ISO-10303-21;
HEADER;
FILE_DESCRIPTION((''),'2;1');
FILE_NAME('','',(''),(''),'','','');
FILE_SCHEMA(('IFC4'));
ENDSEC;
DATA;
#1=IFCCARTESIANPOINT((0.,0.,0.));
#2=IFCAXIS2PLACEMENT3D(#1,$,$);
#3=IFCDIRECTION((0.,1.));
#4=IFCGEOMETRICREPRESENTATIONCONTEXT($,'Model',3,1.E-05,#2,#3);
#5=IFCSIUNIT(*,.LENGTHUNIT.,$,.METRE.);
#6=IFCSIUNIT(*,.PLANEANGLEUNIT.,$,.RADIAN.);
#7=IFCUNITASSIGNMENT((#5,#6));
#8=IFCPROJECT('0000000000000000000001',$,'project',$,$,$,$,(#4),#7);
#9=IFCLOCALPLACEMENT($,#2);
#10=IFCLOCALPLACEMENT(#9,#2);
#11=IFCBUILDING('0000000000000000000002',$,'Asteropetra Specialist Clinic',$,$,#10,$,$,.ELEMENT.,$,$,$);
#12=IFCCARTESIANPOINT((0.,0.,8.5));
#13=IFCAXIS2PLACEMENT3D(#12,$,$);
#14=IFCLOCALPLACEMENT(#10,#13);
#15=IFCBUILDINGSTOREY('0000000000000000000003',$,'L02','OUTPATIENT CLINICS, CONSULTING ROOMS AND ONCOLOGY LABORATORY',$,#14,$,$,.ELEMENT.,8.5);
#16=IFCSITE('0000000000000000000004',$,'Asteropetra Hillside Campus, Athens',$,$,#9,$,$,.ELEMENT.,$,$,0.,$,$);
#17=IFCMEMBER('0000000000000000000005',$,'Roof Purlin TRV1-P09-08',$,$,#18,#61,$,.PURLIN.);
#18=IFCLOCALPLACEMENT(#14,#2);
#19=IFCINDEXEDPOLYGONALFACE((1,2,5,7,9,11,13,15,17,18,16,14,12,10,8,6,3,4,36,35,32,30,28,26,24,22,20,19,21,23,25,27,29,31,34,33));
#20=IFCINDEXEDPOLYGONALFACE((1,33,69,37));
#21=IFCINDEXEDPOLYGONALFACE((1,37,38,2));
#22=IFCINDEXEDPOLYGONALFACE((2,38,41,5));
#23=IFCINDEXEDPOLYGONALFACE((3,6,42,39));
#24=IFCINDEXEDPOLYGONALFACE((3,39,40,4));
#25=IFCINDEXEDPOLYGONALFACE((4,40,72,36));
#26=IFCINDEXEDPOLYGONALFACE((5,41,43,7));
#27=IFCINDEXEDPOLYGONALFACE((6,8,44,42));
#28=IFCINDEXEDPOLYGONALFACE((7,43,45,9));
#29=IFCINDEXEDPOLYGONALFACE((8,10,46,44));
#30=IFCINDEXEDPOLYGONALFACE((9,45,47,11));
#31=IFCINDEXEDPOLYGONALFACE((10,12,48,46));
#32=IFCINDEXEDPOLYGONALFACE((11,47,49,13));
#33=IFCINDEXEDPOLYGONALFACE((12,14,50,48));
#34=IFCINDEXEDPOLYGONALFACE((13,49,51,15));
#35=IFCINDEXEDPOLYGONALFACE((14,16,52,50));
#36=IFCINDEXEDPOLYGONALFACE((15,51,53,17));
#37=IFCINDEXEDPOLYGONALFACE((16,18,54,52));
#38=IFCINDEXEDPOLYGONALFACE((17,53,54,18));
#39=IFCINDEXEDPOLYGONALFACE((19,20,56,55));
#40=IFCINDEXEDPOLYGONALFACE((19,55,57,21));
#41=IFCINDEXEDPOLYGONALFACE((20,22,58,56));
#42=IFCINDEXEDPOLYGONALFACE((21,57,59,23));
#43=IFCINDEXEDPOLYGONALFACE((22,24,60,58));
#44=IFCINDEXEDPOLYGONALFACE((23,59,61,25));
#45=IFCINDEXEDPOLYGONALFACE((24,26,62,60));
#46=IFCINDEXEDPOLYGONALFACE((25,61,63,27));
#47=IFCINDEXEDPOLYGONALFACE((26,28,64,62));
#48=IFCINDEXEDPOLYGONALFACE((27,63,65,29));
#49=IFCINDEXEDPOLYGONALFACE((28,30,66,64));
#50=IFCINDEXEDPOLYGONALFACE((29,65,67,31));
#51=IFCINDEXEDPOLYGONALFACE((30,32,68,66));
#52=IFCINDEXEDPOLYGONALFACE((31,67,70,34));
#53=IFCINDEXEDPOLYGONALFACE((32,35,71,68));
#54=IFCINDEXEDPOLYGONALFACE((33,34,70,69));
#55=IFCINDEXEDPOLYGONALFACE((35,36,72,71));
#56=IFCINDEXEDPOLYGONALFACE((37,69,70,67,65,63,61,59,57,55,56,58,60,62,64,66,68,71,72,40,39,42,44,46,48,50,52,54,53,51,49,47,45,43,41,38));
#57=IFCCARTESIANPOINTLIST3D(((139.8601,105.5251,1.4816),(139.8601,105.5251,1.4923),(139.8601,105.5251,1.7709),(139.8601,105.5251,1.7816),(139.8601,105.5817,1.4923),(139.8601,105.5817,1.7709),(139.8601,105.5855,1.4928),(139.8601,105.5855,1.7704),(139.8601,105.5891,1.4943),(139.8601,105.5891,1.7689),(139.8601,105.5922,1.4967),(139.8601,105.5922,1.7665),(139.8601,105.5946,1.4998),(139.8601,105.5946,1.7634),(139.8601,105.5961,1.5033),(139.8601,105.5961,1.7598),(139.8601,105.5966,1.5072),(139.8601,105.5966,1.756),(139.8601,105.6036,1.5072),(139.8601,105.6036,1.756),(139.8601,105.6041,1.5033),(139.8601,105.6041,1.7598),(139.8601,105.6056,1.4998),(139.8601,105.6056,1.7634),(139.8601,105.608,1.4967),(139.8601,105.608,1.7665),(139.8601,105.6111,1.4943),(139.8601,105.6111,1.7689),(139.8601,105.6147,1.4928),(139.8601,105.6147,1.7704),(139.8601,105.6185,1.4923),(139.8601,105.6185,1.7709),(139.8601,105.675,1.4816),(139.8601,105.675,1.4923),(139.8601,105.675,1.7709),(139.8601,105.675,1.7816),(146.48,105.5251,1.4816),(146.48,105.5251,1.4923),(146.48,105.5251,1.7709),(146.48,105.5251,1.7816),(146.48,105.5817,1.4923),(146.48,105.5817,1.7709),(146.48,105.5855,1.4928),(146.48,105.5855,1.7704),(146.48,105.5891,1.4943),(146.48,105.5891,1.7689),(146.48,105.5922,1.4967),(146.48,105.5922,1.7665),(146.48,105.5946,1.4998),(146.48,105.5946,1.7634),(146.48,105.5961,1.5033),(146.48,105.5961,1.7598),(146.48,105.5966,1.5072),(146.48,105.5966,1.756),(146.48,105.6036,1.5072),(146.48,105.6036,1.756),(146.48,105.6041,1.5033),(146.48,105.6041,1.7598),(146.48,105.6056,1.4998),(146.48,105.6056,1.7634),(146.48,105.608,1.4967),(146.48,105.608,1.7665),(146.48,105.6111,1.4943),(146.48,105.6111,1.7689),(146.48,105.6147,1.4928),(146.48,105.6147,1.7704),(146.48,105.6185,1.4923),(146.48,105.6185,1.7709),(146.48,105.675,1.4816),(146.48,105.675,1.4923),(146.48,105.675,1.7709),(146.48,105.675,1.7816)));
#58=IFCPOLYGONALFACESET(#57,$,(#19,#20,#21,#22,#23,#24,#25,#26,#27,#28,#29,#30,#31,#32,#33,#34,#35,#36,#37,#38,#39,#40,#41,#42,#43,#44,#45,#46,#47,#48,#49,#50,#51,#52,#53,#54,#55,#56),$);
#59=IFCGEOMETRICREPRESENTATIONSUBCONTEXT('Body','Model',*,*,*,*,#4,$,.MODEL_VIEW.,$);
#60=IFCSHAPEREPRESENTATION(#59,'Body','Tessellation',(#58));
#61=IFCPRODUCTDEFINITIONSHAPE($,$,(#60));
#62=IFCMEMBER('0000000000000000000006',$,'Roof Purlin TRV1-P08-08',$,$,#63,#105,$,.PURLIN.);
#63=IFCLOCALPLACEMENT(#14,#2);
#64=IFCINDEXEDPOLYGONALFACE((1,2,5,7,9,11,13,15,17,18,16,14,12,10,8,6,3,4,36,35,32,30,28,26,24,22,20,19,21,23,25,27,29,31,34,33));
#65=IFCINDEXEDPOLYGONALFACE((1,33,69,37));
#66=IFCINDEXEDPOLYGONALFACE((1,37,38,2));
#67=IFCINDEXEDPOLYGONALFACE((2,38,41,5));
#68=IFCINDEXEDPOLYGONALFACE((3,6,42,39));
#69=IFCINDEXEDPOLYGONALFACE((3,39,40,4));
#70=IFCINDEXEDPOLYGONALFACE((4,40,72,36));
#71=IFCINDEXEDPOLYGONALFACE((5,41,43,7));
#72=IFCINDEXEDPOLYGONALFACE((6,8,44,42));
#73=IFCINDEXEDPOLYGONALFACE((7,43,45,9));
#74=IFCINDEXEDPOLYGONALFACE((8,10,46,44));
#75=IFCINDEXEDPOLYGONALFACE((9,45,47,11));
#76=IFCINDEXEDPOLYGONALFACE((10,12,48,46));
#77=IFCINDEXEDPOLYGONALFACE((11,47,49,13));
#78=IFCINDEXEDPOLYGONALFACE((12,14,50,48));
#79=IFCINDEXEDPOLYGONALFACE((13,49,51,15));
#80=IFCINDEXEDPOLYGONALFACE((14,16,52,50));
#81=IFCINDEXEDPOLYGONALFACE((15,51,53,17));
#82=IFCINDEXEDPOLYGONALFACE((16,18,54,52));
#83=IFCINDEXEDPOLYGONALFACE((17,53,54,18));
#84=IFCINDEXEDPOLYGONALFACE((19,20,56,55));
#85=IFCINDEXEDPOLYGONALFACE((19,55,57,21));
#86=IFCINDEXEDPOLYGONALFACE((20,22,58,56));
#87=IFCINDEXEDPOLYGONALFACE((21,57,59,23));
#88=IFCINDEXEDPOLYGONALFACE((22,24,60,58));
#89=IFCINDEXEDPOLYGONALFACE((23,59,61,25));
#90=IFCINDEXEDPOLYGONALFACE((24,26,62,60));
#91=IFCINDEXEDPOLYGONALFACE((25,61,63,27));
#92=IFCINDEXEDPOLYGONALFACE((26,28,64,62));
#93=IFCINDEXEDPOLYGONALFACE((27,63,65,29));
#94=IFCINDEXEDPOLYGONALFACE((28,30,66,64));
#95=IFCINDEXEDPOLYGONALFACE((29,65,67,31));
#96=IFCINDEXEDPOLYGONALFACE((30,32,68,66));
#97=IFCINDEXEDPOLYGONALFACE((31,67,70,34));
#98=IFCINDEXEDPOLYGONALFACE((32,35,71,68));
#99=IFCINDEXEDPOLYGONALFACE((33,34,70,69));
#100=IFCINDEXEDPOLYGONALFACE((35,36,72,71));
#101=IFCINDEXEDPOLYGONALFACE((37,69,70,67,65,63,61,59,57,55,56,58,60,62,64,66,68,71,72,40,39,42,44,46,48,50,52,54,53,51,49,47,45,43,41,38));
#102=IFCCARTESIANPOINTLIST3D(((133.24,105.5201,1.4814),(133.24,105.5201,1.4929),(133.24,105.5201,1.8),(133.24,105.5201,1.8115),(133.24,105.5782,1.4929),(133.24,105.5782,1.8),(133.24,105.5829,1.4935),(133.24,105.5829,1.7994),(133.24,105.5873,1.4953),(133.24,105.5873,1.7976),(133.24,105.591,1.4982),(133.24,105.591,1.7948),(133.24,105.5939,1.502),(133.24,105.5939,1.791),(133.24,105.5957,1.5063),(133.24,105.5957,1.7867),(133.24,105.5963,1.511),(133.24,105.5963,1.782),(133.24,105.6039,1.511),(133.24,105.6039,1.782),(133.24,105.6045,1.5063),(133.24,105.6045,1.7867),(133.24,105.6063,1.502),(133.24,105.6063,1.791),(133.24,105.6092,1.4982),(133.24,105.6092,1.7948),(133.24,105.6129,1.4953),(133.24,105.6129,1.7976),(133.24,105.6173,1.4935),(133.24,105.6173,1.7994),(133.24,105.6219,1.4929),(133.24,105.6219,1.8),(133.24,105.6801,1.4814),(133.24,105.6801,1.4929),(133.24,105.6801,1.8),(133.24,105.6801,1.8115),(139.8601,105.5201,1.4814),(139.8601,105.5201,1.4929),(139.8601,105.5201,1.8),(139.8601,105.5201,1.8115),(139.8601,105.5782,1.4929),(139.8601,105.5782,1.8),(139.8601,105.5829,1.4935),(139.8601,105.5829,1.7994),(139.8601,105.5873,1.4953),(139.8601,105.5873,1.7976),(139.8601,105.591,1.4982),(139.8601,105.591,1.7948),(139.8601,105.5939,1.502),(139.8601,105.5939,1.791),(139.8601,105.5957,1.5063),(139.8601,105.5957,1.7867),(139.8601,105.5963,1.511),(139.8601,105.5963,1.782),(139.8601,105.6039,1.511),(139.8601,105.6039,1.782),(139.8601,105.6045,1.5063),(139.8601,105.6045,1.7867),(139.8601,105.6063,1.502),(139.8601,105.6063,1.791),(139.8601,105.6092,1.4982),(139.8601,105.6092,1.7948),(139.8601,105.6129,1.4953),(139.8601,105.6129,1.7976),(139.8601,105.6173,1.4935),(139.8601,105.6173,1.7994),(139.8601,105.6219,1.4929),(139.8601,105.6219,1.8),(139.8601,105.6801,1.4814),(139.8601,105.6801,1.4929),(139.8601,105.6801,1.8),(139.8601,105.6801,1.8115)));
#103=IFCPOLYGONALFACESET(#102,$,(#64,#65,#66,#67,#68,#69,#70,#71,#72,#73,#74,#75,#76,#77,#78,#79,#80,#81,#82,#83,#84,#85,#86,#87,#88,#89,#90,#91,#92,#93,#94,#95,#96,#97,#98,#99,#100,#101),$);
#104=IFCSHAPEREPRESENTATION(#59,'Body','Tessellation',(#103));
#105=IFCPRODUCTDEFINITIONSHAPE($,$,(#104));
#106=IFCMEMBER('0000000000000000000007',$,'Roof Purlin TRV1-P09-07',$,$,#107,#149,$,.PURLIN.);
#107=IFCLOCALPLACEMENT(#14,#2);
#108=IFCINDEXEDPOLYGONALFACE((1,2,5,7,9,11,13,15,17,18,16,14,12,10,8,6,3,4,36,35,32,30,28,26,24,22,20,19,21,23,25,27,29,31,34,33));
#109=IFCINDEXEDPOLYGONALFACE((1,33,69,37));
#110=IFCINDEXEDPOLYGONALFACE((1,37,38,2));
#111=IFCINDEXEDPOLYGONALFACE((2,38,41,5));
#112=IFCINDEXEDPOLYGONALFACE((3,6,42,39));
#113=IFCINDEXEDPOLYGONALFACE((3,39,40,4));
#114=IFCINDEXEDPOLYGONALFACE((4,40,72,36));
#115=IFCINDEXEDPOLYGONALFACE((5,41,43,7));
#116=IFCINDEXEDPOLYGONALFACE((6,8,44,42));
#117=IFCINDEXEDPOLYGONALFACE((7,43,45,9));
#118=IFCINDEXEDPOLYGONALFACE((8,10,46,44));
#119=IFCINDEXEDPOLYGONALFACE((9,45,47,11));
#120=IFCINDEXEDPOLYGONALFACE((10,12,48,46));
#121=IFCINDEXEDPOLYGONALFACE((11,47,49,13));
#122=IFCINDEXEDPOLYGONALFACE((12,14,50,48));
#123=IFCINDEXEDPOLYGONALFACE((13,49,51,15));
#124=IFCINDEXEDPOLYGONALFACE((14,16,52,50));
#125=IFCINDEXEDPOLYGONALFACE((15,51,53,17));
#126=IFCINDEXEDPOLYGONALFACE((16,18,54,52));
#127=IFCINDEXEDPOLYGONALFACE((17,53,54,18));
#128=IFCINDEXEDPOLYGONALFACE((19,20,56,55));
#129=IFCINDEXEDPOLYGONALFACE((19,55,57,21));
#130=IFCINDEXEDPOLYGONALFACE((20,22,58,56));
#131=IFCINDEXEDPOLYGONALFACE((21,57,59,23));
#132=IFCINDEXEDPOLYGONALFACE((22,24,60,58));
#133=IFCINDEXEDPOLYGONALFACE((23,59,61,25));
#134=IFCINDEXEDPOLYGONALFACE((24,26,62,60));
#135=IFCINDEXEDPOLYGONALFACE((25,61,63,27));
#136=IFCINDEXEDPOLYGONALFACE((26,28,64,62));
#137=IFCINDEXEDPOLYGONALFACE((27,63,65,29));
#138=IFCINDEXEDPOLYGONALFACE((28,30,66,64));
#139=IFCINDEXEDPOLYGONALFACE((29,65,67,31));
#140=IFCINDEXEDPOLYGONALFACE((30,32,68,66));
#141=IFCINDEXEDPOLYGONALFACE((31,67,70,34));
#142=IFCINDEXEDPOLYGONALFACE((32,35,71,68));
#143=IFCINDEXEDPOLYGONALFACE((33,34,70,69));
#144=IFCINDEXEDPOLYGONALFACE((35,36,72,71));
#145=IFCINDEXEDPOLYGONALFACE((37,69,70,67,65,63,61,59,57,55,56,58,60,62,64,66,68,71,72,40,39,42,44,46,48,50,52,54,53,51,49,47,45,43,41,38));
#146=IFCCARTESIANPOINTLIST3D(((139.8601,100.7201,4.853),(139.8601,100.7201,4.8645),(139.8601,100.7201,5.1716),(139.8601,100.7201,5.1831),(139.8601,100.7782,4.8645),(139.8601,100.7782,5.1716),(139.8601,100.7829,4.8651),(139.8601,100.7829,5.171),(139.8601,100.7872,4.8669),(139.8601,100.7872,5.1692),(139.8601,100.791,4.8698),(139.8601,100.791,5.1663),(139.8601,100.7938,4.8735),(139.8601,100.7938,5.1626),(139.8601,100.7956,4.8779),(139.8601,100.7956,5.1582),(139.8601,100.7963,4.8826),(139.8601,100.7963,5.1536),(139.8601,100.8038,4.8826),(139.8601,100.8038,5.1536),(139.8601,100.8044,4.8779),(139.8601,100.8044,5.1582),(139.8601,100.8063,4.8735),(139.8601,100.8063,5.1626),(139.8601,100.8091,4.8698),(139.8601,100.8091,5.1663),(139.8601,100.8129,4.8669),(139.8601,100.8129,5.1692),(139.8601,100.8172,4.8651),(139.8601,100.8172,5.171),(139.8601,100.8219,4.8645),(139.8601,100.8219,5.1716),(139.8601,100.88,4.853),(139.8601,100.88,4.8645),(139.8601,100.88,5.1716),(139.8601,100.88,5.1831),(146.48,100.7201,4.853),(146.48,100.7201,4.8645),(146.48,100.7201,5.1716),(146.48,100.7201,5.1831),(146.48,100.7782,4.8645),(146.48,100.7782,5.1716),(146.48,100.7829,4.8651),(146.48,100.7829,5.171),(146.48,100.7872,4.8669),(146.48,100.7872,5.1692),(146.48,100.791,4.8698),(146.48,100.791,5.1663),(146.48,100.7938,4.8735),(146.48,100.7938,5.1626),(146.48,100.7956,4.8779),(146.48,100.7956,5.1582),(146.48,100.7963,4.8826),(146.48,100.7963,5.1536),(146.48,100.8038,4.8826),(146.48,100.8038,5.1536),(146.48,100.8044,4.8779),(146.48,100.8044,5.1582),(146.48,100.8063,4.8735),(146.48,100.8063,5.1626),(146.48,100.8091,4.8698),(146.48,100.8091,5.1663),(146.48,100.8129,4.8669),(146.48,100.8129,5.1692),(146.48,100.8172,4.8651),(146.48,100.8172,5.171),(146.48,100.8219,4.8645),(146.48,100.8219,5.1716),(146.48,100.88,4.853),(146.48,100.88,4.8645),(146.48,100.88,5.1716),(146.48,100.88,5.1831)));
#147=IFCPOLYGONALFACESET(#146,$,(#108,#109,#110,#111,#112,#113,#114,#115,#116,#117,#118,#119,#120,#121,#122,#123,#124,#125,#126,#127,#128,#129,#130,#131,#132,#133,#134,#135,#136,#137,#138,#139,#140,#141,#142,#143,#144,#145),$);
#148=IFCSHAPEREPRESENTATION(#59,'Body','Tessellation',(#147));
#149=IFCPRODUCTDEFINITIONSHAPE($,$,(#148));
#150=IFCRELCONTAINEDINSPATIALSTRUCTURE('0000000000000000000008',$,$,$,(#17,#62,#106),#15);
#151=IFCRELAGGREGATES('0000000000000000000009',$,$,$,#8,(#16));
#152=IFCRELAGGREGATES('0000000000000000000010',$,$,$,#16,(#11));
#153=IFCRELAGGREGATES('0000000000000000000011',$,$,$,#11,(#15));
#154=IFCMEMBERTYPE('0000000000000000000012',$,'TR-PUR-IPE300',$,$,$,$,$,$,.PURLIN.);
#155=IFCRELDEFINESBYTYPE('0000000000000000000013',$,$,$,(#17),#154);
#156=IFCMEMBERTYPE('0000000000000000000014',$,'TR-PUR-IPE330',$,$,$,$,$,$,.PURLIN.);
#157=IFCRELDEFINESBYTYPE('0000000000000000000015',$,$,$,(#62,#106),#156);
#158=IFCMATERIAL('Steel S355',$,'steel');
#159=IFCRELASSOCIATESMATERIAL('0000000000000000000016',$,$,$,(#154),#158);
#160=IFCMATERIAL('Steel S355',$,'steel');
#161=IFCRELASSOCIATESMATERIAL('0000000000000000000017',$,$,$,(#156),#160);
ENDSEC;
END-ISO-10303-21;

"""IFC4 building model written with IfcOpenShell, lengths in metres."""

from ifc_helpers import new_model, si_unit, direction, frame, origin, origin_2d, place, context, subcontext, project, spatial, i_section, extrude, material, material_profile, profile_set, type_object, element, save


model = new_model("IFC4")

# Units and contexts
model_context = context("Model", 3, precision=1e-05, world=origin(), true_north=direction((0.0, 1.0)))
body_context = subcontext(model_context, "Body", "Model", "MODEL_VIEW")
ifc_project = project(units=[si_unit("LENGTHUNIT", "METRE"), si_unit("PLANEANGLEUNIT", "RADIAN")], contexts=[model_context])

# Site, building, storey
site_placement = place(None, origin())
site = spatial("IfcSite", under=ifc_project, at=site_placement, Name="Asteropetra Hillside Campus, Athens", CompositionType="ELEMENT", RefElevation=0.0)
building_placement = place(site_placement, origin())
building = spatial("IfcBuilding", under=site, at=building_placement, Name="Asteropetra Specialist Clinic", CompositionType="ELEMENT")
storey_placement = place(building_placement, frame((0.0, 0.0, 8.5)))
storey = spatial("IfcBuildingStorey", under=building, at=storey_placement, Name="L02", Description="OUTPATIENT CLINICS, CONSULTING ROOMS AND ONCOLOGY LABORATORY", CompositionType="ELEMENT", Elevation=8.5)

# Members
ifc_material_1 = material(Name="Steel S355", Category="steel")
ifc_material_profile_1 = material_profile(ifc_material_1, i_section(OverallWidth=0.1499, OverallDepth=0.3, WebThickness=0.0071, FlangeThickness=0.0107, FilletRadius=0.0149, at=origin_2d()), Name="IPE 300")
ifc_profile_set_1 = profile_set([ifc_material_profile_1], Name="Steel S355")
member_type_1 = type_object("IfcMemberType", Name="TR-PUR-IPE300", PredefinedType="PURLIN", material=ifc_profile_set_1)
member_1_placement = place(storey_placement, frame((139.8601, 105.6001, 1.6316), z_axis=(1.0, 0.0, 0.0), x_axis=(0.0, 1.0, 0.0)))
element("IfcMember", 1, at=member_1_placement, inside=storey, type_object=member_type_1, Name="Roof Purlin TRV1-P09-08", PredefinedType="PURLIN", context=body_context, shape_type="SweptSolid", body=[
    extrude(i_section(OverallWidth=0.1499, OverallDepth=0.3, WebThickness=0.0071, FlangeThickness=0.0107, FilletRadius=0.0149, at=origin_2d()), origin(), (0.0, 0.0, 1.0), 6.6199),
])
ifc_material_2 = material(Name="Steel S355", Category="steel")
ifc_material_profile_2 = material_profile(ifc_material_2, i_section(OverallWidth=0.1599, OverallDepth=0.3301, WebThickness=0.0076, FlangeThickness=0.0115, FilletRadius=0.0181, at=origin_2d()), Name="IPE 330")
ifc_profile_set_2 = profile_set([ifc_material_profile_2], Name="Steel S355")
member_type_2 = type_object("IfcMemberType", Name="TR-PUR-IPE330", PredefinedType="PURLIN", material=ifc_profile_set_2)
member_2_placement = place(storey_placement, frame((133.24, 105.6001, 1.6465), z_axis=(1.0, 0.0, 0.0), x_axis=(0.0, 1.0, 0.0)))
element("IfcMember", 2, at=member_2_placement, inside=storey, type_object=member_type_2, Name="Roof Purlin TRV1-P08-08", PredefinedType="PURLIN", context=body_context, shape_type="SweptSolid", body=[
    extrude(i_section(OverallWidth=0.1599, OverallDepth=0.3301, WebThickness=0.0076, FlangeThickness=0.0115, FilletRadius=0.0181, at=origin_2d()), origin(), (0.0, 0.0, 1.0), 6.6201),
])
member_3_placement = place(storey_placement, frame((139.8601, 100.8, 5.0181), z_axis=(1.0, 0.0, 0.0), x_axis=(0.0, 1.0, 0.0)))
element("IfcMember", 3, at=member_3_placement, inside=storey, type_object=member_type_2, Name="Roof Purlin TRV1-P09-07", PredefinedType="PURLIN", context=body_context, shape_type="SweptSolid", body=[
    extrude(i_section(OverallWidth=0.1599, OverallDepth=0.3301, WebThickness=0.0076, FlangeThickness=0.0115, FilletRadius=0.0181, at=origin_2d()), origin(), (0.0, 0.0, 1.0), 6.6199),
])

save(model, "model.ifc")
